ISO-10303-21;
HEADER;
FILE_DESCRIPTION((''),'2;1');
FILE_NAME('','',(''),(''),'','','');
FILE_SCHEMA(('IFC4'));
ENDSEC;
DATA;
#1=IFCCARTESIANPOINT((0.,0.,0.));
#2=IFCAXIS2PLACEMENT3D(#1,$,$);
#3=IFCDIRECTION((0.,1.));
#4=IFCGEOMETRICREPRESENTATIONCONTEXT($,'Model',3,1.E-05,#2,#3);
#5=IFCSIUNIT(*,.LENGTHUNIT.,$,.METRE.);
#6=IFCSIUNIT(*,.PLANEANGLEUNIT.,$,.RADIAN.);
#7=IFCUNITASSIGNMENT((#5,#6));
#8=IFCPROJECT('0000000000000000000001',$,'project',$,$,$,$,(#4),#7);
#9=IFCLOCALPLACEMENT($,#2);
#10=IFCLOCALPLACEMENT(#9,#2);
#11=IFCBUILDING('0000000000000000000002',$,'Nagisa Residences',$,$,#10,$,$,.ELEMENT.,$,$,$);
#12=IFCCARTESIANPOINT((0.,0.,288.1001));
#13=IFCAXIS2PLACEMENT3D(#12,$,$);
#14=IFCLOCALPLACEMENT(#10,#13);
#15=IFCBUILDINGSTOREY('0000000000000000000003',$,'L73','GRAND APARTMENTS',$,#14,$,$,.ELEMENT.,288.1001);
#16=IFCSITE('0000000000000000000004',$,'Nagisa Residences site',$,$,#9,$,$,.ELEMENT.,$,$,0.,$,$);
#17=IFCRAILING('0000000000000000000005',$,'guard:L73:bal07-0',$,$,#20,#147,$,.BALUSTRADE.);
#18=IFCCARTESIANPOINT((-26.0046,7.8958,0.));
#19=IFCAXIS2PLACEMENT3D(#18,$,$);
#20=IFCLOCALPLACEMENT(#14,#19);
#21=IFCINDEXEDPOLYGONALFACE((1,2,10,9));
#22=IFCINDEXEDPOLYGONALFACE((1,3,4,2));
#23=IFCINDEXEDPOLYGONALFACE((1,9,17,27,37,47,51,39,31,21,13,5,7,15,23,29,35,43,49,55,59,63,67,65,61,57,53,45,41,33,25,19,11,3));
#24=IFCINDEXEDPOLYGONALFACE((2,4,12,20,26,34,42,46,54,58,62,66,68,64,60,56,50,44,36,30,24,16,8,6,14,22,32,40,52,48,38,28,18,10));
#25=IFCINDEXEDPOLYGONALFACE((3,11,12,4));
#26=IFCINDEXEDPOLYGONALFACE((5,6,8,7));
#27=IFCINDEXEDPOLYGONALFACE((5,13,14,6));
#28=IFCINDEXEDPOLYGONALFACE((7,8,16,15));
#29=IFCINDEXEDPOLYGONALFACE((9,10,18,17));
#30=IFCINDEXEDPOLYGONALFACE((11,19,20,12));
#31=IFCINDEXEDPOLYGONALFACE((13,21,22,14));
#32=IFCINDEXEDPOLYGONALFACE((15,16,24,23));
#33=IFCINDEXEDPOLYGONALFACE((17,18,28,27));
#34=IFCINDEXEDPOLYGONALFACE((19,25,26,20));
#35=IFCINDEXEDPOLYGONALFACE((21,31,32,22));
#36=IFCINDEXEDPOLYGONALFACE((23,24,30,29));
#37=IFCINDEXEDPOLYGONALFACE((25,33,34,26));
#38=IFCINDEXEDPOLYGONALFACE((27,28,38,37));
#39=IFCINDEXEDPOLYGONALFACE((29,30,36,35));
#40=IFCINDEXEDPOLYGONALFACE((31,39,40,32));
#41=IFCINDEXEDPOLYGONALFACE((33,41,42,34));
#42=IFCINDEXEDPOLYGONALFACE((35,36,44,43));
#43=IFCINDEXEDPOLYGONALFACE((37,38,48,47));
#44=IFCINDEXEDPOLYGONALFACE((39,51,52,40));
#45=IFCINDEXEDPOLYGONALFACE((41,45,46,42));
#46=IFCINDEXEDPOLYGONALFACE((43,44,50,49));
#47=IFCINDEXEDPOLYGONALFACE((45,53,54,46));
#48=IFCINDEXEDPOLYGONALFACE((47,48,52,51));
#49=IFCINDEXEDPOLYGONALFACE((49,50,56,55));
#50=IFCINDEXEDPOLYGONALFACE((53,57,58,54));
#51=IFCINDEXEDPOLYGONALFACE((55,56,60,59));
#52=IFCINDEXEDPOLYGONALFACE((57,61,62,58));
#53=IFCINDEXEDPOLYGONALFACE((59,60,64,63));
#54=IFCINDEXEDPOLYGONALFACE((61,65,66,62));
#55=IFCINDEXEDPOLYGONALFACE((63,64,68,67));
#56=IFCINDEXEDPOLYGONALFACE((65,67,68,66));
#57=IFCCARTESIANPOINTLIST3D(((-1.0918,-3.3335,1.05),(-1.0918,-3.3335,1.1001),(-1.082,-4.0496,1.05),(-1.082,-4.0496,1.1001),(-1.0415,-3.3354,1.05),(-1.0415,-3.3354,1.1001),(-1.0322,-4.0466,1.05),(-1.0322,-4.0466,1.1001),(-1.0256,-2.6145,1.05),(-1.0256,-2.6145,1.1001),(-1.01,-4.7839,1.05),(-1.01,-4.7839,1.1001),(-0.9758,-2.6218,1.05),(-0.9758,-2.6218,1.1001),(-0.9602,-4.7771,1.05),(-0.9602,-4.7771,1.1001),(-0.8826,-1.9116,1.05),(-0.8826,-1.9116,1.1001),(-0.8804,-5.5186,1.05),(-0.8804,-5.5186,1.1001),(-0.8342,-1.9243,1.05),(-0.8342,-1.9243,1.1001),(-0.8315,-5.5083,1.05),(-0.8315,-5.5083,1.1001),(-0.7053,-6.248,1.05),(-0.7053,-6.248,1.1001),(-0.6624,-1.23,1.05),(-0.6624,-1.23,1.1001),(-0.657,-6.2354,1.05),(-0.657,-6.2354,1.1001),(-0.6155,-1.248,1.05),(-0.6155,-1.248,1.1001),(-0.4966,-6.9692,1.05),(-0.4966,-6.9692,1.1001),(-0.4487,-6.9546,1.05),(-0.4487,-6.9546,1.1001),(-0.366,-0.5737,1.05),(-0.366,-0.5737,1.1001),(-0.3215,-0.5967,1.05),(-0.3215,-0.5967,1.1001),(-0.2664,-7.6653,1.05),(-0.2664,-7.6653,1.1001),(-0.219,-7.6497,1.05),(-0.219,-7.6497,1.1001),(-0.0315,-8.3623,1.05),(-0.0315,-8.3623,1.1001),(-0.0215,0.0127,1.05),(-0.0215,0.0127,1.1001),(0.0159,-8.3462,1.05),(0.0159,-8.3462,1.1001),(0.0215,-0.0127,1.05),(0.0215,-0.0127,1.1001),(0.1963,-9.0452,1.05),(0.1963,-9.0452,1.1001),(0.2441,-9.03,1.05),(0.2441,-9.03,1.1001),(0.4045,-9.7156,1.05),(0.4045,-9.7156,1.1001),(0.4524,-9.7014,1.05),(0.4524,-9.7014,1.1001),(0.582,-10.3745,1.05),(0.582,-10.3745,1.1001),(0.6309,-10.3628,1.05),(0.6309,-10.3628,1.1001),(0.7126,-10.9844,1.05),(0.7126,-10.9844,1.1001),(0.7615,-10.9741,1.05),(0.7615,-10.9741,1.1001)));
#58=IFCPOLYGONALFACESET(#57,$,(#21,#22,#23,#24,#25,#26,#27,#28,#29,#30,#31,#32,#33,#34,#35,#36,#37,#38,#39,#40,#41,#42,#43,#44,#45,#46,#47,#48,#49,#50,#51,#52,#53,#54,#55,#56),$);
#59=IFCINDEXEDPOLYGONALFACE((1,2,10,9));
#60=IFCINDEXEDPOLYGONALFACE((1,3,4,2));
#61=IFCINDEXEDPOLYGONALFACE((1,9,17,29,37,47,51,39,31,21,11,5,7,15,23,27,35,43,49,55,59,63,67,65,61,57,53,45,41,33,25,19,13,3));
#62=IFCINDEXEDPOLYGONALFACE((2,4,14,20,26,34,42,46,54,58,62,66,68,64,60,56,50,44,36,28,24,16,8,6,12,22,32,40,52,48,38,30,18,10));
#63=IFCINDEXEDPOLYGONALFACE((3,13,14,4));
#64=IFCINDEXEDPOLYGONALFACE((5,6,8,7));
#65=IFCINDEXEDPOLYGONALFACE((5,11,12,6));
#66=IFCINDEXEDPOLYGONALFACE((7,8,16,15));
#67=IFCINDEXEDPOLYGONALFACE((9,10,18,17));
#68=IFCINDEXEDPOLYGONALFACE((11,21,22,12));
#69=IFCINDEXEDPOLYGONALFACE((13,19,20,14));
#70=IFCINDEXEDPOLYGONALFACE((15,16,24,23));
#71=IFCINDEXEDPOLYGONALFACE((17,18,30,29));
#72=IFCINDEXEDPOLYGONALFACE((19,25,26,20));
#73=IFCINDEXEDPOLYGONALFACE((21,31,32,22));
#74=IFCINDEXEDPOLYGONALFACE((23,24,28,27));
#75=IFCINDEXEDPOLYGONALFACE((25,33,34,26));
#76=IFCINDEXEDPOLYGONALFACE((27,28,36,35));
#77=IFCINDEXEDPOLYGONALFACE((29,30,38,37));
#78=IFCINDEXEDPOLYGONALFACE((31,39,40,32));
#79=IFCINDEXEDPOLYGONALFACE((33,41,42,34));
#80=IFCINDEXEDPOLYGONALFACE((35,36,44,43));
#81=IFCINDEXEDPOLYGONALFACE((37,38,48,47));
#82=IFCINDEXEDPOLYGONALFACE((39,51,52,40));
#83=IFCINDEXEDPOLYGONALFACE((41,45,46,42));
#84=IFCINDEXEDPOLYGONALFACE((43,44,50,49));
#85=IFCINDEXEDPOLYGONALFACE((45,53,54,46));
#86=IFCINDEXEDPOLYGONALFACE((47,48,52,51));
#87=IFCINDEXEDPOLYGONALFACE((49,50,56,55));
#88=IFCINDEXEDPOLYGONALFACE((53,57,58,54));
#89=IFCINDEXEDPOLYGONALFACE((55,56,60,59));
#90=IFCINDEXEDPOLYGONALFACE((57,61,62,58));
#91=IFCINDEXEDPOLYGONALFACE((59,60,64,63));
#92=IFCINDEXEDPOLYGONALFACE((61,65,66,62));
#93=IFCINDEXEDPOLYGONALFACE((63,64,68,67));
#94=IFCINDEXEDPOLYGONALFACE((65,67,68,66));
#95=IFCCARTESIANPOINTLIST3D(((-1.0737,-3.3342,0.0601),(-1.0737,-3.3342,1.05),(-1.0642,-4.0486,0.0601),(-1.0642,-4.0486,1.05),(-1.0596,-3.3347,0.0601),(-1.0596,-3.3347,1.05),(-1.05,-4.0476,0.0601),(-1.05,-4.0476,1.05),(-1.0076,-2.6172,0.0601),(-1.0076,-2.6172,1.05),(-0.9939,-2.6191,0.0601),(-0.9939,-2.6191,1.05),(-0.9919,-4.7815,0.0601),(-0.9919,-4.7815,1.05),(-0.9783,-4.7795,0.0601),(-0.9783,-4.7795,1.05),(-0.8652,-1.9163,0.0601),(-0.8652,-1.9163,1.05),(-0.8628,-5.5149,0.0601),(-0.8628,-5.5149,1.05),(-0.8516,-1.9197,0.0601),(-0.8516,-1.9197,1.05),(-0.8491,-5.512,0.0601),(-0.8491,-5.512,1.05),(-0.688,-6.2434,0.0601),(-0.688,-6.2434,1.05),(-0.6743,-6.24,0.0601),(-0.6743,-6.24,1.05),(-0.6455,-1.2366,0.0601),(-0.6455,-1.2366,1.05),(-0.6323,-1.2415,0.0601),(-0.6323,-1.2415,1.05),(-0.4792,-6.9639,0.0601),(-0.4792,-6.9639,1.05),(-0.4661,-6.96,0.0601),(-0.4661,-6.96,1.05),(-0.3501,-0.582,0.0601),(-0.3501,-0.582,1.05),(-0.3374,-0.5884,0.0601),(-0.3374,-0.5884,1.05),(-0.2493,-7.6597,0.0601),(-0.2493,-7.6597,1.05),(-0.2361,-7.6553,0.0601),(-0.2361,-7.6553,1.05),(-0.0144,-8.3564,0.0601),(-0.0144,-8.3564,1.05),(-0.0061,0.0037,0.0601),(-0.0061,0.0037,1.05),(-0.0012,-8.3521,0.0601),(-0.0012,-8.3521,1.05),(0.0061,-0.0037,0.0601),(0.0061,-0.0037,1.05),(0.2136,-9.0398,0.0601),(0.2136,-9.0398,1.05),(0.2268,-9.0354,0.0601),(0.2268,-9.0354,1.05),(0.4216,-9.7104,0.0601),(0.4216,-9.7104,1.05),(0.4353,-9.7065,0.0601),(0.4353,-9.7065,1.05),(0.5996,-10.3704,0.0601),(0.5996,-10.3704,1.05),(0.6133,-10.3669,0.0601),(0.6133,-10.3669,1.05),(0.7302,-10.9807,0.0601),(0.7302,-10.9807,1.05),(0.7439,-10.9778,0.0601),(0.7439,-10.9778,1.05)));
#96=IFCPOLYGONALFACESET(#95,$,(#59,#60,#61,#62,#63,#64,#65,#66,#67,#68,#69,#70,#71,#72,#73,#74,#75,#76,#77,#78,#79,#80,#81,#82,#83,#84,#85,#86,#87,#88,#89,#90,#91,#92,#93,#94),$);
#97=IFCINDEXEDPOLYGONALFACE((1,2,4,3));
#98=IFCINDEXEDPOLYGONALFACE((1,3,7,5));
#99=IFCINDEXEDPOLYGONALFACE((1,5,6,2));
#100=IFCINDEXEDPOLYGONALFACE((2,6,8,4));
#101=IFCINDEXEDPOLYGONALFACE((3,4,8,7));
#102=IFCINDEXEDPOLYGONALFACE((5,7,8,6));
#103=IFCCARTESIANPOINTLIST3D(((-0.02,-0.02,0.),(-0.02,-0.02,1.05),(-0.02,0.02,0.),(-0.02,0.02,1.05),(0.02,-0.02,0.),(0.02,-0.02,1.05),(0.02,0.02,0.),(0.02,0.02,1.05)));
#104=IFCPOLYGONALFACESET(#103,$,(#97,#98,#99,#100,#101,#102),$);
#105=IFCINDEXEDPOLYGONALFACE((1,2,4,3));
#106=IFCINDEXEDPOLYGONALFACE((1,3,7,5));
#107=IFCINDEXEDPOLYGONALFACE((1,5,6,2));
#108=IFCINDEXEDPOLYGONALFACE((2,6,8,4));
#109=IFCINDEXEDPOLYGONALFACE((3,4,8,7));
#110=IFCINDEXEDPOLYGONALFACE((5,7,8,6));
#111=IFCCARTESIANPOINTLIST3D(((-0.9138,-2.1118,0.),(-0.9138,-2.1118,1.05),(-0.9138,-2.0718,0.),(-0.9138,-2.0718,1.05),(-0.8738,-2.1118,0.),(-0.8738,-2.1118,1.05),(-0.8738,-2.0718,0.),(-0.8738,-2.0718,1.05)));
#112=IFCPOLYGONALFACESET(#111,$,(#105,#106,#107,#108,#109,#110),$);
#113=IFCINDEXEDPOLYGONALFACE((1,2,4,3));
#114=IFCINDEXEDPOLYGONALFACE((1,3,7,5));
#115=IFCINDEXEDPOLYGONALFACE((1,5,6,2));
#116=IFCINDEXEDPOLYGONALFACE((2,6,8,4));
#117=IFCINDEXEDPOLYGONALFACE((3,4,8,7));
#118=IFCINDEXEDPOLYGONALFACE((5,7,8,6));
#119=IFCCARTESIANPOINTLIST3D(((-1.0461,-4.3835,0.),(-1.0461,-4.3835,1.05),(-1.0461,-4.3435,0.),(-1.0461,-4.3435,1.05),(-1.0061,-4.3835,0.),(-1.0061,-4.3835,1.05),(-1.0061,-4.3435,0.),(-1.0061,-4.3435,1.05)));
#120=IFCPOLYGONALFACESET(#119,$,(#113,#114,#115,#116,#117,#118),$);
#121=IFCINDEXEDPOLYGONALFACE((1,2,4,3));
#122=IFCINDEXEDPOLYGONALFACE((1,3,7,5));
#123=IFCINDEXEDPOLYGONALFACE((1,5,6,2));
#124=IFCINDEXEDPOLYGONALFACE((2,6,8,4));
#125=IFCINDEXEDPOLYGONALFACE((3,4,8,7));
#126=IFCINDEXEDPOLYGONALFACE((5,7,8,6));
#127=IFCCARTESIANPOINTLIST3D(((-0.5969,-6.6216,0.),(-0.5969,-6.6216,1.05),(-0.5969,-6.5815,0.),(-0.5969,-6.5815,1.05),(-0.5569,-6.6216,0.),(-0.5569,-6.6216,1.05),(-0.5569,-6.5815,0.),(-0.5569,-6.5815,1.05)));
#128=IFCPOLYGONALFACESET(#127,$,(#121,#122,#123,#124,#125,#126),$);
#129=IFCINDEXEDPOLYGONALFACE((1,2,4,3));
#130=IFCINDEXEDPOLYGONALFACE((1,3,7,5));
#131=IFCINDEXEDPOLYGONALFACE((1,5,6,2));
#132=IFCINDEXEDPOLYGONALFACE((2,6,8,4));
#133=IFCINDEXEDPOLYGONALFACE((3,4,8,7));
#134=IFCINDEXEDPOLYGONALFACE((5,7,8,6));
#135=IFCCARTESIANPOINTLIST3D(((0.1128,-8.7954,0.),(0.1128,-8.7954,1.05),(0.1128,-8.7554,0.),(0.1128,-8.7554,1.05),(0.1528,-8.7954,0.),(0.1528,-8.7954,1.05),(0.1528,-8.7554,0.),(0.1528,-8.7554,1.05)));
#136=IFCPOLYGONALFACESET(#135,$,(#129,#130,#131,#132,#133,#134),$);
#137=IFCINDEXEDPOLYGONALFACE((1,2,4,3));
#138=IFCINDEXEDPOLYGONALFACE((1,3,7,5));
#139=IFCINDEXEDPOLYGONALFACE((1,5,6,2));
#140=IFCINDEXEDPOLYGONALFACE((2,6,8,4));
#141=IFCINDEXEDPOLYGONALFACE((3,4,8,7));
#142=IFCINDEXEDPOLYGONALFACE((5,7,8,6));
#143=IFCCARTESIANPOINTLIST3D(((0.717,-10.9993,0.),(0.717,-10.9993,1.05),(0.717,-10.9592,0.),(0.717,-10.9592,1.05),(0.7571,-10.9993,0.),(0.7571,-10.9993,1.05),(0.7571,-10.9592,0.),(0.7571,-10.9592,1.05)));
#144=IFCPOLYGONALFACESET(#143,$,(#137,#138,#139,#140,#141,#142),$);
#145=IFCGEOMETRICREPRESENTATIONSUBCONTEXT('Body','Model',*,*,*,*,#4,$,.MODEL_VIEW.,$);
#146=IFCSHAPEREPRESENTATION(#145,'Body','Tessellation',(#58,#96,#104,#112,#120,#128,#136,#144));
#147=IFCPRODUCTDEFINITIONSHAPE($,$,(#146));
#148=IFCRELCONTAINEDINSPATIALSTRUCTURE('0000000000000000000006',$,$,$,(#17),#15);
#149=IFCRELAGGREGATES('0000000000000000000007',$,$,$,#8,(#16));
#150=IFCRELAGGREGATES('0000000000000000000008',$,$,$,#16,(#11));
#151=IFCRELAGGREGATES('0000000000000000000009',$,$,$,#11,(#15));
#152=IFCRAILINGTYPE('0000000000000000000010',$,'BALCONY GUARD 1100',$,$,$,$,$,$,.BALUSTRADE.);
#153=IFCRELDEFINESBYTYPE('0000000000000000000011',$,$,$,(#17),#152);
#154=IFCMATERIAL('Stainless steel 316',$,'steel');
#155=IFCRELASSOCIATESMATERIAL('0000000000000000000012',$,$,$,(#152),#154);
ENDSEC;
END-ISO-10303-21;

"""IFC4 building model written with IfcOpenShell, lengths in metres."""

from ifc_helpers import new_model, si_unit, direction, frame, origin, origin_2d, place, context, subcontext, project, spatial, polyline, rectangle, outline, extrude, material, type_object, element, save


model = new_model("IFC4")

# Units and contexts
model_context = context("Model", 3, precision=1e-05, world=origin(), true_north=direction((0.0, 1.0)))
body_context = subcontext(model_context, "Body", "Model", "MODEL_VIEW")
ifc_project = project(units=[si_unit("LENGTHUNIT", "METRE"), si_unit("PLANEANGLEUNIT", "RADIAN")], contexts=[model_context])

# Site, building, storey
site_placement = place(None, origin())
site = spatial("IfcSite", under=ifc_project, at=site_placement, Name="Nagisa Residences site", CompositionType="ELEMENT", RefElevation=0.0)
building_placement = place(site_placement, origin())
building = spatial("IfcBuilding", under=site, at=building_placement, Name="Nagisa Residences", CompositionType="ELEMENT")
storey_placement = place(building_placement, frame((0.0, 0.0, 288.1001)))
storey = spatial("IfcBuildingStorey", under=building, at=storey_placement, Name="L73", Description="GRAND APARTMENTS", CompositionType="ELEMENT", Elevation=288.1001)

# Railing
ifc_material_1 = material(Name="Stainless steel 316", Category="steel")
railing_type = type_object("IfcRailingType", Name="BALCONY GUARD 1100", PredefinedType="BALUSTRADE", material=ifc_material_1)
railing_placement = place(storey_placement, frame((-26.0046, 7.8958, 0.0)))
element("IfcRailing", 1, at=railing_placement, inside=storey, type_object=railing_type, Name="guard:L73:bal07-0", PredefinedType="BALUSTRADE", context=body_context, shape_type="SweptSolid", body=[
    extrude(outline(polyline([(-0.3215, -0.5967), (0.0215, -0.0127), (-0.0215, 0.0127), (-0.366, -0.5737), (-0.6624, -1.23), (-0.8826, -1.9116), (-1.0256, -2.6145), (-1.0918, -3.3335), (-1.082, -4.0496), (-1.01, -4.7839), (-0.8804, -5.5186), (-0.7053, -6.248), (-0.4966, -6.9692), (-0.2664, -7.6653), (-0.0315, -8.3623), (0.1963, -9.0452), (0.4045, -9.7156), (0.582, -10.3745), (0.7126, -10.9844), (0.7615, -10.9741), (0.6309, -10.3628), (0.4524, -9.7014), (0.2441, -9.03), (0.0159, -8.3462), (-0.219, -7.6497), (-0.4487, -6.9546), (-0.657, -6.2354), (-0.8315, -5.5083), (-0.9602, -4.7771), (-1.0322, -4.0466), (-1.0415, -3.3354), (-0.9758, -2.6218), (-0.8342, -1.9243), (-0.6155, -1.248), (-0.3215, -0.5967)])), frame((0.0, 0.0, 1.05)), (0.0, 0.0, 1.0), 0.05),
    extrude(outline(polyline([(-0.3374, -0.5884), (0.0061, -0.0037), (-0.0061, 0.0037), (-0.3501, -0.582), (-0.6455, -1.2366), (-0.8652, -1.9163), (-1.0076, -2.6172), (-1.0737, -3.3342), (-1.0642, -4.0486), (-0.9919, -4.7815), (-0.8628, -5.5149), (-0.688, -6.2434), (-0.4792, -6.9639), (-0.2493, -7.6597), (-0.0144, -8.3564), (0.2136, -9.0398), (0.4216, -9.7104), (0.5996, -10.3704), (0.7302, -10.9807), (0.7439, -10.9778), (0.6133, -10.3669), (0.4353, -9.7065), (0.2268, -9.0354), (-0.0012, -8.3521), (-0.2361, -7.6553), (-0.4661, -6.96), (-0.6743, -6.24), (-0.8491, -5.512), (-0.9783, -4.7795), (-1.05, -4.0476), (-1.0596, -3.3347), (-0.9939, -2.6191), (-0.8516, -1.9197), (-0.6323, -1.2415), (-0.3374, -0.5884)])), frame((0.0, 0.0, 0.0601)), (0.0, 0.0, 1.0), 0.99),
    extrude(rectangle(XDim=0.04, YDim=0.04, at=origin_2d()), origin(), (0.0, 0.0, 1.0), 1.05),
    extrude(rectangle(XDim=0.04, YDim=0.04, at=origin_2d()), frame((-0.8938, -2.0918, 0.0)), (0.0, 0.0, 1.0), 1.05),
    extrude(rectangle(XDim=0.04, YDim=0.04, at=origin_2d()), frame((-1.0261, -4.3635, 0.0)), (0.0, 0.0, 1.0), 1.05),
    extrude(rectangle(XDim=0.04, YDim=0.04, at=origin_2d()), frame((-0.5769, -6.6016, 0.0)), (0.0, 0.0, 1.0), 1.05),
    extrude(rectangle(XDim=0.04, YDim=0.04, at=origin_2d()), frame((0.1328, -8.7754, 0.0)), (0.0, 0.0, 1.0), 1.05),
    extrude(rectangle(XDim=0.04, YDim=0.04, at=origin_2d()), frame((0.7371, -10.9792, 0.0)), (0.0, 0.0, 1.0), 1.05),
])

save(model, "model.ifc")
